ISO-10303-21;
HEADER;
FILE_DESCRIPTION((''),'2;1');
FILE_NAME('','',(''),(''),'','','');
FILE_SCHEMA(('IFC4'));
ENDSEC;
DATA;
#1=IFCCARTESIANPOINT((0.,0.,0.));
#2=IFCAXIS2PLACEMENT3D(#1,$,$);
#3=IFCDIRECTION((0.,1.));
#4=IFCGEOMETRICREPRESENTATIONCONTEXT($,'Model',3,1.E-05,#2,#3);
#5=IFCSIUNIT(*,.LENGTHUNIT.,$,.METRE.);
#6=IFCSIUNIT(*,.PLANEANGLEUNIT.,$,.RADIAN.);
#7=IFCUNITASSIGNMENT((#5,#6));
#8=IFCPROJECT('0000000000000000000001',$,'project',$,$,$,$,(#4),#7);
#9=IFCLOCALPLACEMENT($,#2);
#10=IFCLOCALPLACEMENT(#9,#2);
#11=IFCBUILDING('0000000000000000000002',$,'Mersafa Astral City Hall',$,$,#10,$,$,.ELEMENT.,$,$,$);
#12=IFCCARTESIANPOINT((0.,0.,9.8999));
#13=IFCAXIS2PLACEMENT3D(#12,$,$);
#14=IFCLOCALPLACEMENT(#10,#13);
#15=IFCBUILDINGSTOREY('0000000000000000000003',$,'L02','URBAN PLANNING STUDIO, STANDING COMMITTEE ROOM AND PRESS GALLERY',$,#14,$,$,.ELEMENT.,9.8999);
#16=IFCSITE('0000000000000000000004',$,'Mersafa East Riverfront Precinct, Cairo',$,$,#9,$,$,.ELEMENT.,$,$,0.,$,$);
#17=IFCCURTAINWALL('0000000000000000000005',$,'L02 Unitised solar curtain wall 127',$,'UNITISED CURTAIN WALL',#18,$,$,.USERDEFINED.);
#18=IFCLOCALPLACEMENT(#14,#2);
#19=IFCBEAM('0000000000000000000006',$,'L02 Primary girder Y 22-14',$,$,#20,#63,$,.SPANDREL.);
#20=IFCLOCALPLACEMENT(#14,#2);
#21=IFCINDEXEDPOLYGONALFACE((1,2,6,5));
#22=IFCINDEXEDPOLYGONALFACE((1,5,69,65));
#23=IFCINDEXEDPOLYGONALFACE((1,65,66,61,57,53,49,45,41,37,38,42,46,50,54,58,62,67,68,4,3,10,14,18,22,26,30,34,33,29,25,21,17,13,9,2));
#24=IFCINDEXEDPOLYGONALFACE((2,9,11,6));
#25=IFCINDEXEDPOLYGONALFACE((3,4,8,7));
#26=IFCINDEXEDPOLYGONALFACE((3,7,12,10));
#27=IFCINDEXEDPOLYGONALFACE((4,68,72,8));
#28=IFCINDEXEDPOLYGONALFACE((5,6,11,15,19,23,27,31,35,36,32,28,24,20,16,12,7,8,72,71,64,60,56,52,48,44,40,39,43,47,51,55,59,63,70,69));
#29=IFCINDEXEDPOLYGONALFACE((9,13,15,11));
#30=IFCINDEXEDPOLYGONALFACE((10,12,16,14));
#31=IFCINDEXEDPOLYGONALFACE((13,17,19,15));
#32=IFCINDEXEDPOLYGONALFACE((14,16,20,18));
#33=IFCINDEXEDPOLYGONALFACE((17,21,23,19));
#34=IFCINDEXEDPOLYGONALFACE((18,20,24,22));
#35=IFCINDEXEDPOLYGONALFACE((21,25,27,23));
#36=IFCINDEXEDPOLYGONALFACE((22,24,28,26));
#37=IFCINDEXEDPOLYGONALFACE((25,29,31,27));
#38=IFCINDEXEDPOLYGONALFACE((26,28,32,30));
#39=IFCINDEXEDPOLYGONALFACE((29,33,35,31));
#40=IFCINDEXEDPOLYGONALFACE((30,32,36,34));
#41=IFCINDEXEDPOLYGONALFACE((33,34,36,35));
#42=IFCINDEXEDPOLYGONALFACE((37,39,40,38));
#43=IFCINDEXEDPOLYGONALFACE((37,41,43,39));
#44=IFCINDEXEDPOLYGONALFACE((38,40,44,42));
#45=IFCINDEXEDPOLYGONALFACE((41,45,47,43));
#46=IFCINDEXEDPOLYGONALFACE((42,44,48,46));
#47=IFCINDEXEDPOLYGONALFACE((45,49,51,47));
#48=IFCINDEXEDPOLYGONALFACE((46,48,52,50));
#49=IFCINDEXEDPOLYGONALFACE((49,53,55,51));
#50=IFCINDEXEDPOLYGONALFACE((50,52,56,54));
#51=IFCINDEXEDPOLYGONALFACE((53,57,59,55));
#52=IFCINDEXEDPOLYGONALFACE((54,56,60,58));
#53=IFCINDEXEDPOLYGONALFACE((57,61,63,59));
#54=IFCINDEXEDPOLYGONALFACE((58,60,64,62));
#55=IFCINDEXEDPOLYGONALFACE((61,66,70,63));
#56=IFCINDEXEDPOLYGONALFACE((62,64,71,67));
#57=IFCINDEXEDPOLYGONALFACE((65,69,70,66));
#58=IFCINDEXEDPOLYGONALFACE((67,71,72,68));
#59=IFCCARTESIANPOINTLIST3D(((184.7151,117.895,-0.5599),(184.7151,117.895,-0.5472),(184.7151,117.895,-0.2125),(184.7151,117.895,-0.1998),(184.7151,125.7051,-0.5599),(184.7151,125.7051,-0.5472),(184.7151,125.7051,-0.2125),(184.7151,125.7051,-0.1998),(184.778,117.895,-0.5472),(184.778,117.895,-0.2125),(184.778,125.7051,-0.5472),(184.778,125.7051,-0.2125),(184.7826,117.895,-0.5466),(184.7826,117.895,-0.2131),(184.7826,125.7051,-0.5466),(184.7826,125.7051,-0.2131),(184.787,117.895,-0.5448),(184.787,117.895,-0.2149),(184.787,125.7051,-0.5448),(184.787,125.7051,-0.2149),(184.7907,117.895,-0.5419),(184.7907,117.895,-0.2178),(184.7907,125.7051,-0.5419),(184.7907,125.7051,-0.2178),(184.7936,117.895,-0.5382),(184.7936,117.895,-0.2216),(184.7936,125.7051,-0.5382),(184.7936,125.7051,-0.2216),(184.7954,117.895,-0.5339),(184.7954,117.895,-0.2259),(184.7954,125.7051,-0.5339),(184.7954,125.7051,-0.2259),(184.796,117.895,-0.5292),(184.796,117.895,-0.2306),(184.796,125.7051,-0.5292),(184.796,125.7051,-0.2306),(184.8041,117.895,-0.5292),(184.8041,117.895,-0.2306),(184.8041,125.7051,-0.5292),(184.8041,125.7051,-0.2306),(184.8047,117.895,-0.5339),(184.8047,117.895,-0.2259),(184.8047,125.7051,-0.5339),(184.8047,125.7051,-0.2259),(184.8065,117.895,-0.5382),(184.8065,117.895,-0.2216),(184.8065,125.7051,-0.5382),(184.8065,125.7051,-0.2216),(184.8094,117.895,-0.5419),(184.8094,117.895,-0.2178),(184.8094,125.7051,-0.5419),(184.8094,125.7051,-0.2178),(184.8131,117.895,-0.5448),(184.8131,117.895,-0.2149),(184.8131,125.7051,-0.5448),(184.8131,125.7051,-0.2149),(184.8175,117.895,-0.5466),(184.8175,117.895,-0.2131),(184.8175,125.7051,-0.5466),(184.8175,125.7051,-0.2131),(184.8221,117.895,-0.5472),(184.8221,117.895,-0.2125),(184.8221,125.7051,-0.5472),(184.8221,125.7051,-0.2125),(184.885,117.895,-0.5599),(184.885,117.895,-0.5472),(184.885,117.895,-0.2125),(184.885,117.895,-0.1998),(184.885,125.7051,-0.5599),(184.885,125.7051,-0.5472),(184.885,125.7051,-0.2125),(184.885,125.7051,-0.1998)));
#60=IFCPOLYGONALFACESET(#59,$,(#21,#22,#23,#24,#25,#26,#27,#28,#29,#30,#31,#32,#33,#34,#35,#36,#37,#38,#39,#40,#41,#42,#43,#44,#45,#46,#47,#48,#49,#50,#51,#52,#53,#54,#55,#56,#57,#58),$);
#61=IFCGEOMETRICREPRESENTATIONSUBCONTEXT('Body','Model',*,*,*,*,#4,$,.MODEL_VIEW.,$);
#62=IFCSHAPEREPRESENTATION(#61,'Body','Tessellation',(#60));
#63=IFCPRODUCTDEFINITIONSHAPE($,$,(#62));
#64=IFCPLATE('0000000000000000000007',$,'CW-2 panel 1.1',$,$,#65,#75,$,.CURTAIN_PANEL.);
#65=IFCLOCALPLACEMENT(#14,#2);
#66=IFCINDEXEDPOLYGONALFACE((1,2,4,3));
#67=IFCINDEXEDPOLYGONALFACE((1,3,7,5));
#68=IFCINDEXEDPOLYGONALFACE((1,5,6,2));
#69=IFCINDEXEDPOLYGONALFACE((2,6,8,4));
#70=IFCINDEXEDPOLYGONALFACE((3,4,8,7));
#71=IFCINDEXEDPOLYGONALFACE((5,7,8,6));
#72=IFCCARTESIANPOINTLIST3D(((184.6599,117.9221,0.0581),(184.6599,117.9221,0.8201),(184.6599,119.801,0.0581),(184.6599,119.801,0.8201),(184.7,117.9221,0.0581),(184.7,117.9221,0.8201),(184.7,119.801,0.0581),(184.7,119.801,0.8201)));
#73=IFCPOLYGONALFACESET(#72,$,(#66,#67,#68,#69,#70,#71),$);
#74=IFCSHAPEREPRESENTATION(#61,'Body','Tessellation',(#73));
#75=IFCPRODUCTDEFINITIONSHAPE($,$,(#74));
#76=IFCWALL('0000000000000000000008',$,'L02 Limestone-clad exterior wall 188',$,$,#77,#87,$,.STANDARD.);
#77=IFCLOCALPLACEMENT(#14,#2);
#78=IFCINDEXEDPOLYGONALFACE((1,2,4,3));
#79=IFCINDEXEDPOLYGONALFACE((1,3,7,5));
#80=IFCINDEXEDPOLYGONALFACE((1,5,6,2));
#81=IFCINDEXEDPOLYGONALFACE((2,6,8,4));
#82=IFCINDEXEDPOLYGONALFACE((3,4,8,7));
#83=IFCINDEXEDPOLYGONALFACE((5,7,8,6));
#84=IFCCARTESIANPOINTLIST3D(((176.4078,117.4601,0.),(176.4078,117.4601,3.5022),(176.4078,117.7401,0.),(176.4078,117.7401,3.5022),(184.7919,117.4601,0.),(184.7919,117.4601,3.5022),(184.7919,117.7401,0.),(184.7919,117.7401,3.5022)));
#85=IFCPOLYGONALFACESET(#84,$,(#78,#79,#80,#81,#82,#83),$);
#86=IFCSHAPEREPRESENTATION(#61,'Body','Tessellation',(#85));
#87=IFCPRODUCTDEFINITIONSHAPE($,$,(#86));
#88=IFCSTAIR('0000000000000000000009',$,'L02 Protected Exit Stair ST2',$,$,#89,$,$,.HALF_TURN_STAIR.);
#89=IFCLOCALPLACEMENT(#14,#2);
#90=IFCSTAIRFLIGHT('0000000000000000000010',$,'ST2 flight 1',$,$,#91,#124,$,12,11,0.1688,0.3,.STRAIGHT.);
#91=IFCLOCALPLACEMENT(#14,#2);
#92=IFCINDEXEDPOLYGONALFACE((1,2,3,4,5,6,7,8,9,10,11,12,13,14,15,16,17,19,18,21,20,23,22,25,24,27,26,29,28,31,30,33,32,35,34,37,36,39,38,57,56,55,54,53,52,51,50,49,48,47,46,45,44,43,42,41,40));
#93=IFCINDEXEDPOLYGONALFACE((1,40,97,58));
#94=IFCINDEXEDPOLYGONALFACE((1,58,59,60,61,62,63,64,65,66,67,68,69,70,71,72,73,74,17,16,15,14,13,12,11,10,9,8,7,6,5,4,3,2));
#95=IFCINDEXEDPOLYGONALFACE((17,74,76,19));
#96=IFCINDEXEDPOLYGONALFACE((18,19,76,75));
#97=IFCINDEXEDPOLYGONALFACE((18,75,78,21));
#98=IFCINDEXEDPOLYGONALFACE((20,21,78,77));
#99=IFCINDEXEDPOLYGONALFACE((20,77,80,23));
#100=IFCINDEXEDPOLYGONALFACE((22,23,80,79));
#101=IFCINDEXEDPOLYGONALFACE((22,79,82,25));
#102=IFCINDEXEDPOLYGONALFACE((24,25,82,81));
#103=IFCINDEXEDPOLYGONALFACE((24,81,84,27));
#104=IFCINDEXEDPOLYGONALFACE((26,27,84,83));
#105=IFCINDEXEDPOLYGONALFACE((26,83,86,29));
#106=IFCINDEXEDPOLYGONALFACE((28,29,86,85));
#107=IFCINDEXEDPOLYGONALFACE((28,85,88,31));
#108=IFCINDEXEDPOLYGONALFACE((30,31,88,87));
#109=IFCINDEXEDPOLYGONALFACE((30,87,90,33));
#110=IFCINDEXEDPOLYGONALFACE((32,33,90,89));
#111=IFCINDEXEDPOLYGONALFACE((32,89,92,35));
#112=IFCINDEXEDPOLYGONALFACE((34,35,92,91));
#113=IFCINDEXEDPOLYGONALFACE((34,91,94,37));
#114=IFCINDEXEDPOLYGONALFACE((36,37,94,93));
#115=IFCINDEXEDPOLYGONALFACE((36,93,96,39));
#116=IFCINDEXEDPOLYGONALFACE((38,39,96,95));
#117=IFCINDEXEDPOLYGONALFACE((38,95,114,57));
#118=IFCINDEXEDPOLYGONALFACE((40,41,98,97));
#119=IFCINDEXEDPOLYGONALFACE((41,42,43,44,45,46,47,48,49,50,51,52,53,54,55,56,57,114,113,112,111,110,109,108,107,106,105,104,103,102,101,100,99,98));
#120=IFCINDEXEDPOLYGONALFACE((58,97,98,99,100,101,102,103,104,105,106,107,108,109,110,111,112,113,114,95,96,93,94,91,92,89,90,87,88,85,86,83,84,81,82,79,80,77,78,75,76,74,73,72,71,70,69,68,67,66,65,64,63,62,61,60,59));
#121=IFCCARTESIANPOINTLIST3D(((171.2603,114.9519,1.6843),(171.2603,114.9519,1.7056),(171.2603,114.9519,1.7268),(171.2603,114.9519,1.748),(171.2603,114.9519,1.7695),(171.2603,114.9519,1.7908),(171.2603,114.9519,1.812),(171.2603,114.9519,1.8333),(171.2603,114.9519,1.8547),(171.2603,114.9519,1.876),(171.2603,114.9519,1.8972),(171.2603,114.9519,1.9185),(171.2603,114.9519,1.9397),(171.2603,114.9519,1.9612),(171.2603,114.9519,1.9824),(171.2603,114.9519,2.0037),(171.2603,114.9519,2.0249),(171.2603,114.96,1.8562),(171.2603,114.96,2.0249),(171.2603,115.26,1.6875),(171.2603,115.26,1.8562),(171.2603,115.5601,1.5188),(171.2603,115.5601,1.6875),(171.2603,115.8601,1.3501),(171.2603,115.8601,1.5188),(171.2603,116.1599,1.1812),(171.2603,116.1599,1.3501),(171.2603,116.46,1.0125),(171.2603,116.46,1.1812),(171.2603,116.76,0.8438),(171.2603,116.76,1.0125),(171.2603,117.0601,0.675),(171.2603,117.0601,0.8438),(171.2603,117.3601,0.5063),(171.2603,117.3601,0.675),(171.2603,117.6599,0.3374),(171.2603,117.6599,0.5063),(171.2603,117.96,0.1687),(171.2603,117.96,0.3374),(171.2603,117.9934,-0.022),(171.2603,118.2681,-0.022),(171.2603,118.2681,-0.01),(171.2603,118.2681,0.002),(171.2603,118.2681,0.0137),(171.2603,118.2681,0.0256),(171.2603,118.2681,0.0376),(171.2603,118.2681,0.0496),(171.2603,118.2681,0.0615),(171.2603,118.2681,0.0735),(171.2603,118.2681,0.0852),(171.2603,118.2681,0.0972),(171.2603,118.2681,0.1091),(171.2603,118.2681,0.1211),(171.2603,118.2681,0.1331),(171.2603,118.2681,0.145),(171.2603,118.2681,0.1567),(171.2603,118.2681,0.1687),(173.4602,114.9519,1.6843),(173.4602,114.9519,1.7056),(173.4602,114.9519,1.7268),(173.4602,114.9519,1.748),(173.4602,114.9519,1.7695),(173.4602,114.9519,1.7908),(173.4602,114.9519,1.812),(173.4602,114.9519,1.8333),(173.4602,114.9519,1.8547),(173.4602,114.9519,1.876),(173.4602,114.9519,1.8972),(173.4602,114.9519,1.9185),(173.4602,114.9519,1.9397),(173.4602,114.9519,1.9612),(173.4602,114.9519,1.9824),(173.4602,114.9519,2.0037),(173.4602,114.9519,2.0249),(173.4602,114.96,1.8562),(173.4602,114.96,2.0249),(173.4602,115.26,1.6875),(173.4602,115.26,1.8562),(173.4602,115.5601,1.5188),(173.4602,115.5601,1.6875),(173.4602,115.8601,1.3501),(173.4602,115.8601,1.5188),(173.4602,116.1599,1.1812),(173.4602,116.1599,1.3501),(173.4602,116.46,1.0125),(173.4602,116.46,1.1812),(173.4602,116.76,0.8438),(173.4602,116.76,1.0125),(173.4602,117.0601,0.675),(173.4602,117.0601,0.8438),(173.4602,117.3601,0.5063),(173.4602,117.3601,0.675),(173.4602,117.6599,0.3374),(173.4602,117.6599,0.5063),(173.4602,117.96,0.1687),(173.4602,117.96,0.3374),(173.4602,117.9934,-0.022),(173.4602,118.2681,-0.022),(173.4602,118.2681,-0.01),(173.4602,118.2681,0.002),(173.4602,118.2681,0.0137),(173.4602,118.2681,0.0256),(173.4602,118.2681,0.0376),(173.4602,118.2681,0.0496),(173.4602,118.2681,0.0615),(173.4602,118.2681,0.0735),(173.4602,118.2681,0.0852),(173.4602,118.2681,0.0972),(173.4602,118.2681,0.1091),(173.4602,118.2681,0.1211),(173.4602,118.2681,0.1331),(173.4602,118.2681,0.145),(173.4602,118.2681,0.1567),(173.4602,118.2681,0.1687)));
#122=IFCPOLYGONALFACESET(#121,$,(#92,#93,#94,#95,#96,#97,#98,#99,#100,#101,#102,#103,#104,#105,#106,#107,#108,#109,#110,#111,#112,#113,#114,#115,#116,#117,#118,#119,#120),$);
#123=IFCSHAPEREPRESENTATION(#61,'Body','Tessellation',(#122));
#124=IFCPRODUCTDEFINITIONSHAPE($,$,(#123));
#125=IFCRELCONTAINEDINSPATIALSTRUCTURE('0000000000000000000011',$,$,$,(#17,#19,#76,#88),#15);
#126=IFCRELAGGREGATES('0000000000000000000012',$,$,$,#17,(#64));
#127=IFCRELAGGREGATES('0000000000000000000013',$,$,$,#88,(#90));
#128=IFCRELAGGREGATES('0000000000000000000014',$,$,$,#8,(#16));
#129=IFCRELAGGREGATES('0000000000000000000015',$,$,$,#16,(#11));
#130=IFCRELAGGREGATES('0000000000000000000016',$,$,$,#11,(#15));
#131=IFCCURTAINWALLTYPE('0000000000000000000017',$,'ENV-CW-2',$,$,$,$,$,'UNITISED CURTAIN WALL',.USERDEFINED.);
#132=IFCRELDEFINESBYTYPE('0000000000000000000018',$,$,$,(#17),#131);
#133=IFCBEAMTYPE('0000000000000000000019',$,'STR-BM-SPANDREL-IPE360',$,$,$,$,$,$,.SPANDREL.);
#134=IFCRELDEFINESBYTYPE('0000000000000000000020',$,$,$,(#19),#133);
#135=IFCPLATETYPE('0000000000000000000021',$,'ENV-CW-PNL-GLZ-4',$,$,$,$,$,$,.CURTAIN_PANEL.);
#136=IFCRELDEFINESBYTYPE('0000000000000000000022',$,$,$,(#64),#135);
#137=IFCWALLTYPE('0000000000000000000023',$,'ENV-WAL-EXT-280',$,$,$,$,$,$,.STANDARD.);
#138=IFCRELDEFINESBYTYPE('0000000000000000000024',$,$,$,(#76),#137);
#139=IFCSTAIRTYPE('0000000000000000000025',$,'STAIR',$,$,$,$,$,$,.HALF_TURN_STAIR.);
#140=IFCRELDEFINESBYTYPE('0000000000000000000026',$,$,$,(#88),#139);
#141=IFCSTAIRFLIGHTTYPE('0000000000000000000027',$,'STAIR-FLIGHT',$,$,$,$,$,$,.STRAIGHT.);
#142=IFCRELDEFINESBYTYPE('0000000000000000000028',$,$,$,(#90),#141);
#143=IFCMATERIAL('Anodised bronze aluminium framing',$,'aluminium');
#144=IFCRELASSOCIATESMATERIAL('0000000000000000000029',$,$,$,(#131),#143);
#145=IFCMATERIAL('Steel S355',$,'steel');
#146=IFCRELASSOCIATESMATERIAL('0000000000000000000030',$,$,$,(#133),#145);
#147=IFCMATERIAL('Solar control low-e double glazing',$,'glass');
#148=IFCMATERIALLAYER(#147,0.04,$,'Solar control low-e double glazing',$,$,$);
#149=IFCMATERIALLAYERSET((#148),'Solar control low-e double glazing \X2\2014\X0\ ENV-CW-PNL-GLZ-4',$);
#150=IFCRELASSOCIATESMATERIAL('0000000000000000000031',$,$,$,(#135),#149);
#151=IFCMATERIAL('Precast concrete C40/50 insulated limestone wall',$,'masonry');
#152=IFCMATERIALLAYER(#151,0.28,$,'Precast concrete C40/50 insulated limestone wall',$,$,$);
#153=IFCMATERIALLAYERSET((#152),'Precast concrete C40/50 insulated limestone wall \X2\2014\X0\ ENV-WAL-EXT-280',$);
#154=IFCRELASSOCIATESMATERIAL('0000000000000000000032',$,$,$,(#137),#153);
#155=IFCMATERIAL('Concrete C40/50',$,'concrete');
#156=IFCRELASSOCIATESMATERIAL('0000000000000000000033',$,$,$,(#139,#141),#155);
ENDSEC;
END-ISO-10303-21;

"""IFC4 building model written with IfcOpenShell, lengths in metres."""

from ifc_helpers import new_model, si_unit, direction, frame, frame_2d, origin, origin_2d, place, context, subcontext, project, spatial, polyline, rectangle, i_section, outline, extrude, material, layer, layer_set, material_profile, profile_set, type_object, element, aggregate, save


model = new_model("IFC4")

# Units and contexts
model_context = context("Model", 3, precision=1e-05, world=origin(), true_north=direction((0.0, 1.0)))
body_context = subcontext(model_context, "Body", "Model", "MODEL_VIEW")
ifc_project = project(units=[si_unit("LENGTHUNIT", "METRE"), si_unit("PLANEANGLEUNIT", "RADIAN")], contexts=[model_context])

# Site, building, storey
site_placement = place(None, origin())
site = spatial("IfcSite", under=ifc_project, at=site_placement, Name="Mersafa East Riverfront Precinct, Cairo", CompositionType="ELEMENT", RefElevation=0.0)
building_placement = place(site_placement, origin())
building = spatial("IfcBuilding", under=site, at=building_placement, Name="Mersafa Astral City Hall", CompositionType="ELEMENT")
storey_placement = place(building_placement, frame((0.0, 0.0, 9.8999)))
storey = spatial("IfcBuildingStorey", under=building, at=storey_placement, Name="L02", Description="URBAN PLANNING STUDIO, STANDING COMMITTEE ROOM AND PRESS GALLERY", CompositionType="ELEMENT", Elevation=9.8999)

# Shared definitions
ifc_material_1 = material(Name="Steel S355", Category="steel")

# Curtain wall
ifc_material_2 = material(Name="Anodised bronze aluminium framing", Category="aluminium")
curtain_wall_type = type_object("IfcCurtainWallType", Name="ENV-CW-2", ElementType="UNITISED CURTAIN WALL", PredefinedType="USERDEFINED", material=ifc_material_2)
curtain_wall_placement = place(storey_placement, origin())
curtain_wall = element("IfcCurtainWall", 1, at=curtain_wall_placement, inside=storey, type_object=curtain_wall_type, Name="L02 Unitised solar curtain wall 127", ObjectType="UNITISED CURTAIN WALL", PredefinedType="USERDEFINED")

# Beam
ifc_material_profile_1 = material_profile(ifc_material_1, i_section(OverallWidth=0.1699, OverallDepth=0.3601, WebThickness=0.0081, FlangeThickness=0.0127, FilletRadius=0.0181, at=origin_2d()), Name="IPE 360")
ifc_profile_set_1 = profile_set([ifc_material_profile_1], Name="Steel S355")
beam_type_1 = type_object("IfcBeamType", Name="STR-BM-SPANDREL-IPE360", PredefinedType="SPANDREL", material=ifc_profile_set_1)
beam_1_placement = place(storey_placement, frame((184.8, 117.895, -0.3799), z_axis=(0.0, 1.0, 0.0), x_axis=(-1.0, 0.0, 0.0)))
element("IfcBeam", 2, at=beam_1_placement, inside=storey, type_object=beam_type_1, Name="L02 Primary girder Y 22-14", PredefinedType="SPANDREL", context=body_context, shape_type="SweptSolid", body=[
    extrude(i_section(OverallWidth=0.1699, OverallDepth=0.3601, WebThickness=0.0081, FlangeThickness=0.0127, FilletRadius=0.0181, at=origin_2d()), origin(), (0.0, 0.0, 1.0), 7.8101),
])

# Plate
ifc_material_3 = material(Name="Solar control low-e double glazing", Category="glass")
ifc_layer_1 = layer(ifc_material_3, 0.04, Name="Solar control low-e double glazing")
ifc_layer_set_1 = layer_set([ifc_layer_1], Name="Solar control low-e double glazing — ENV-CW-PNL-GLZ-4")
plate_type = type_object("IfcPlateType", Name="ENV-CW-PNL-GLZ-4", PredefinedType="CURTAIN_PANEL", material=ifc_layer_set_1)
plate_placement = place(storey_placement, frame((184.6799, 118.8616, 0.0581), z_axis=(0.0, 0.0, 1.0), x_axis=(0.0, 1.0, 0.0)))
plate = element("IfcPlate", 3, at=plate_placement, type_object=plate_type, Name="CW-2 panel 1.1", PredefinedType="CURTAIN_PANEL", context=body_context, shape_type="SweptSolid", body=[
    extrude(rectangle(XDim=1.8789, YDim=0.04, at=origin_2d()), origin(), (0.0, 0.0, 1.0), 0.762),
])
aggregate(curtain_wall, [plate])

# Wall
ifc_material_4 = material(Name="Precast concrete C40/50 insulated limestone wall", Category="masonry")
ifc_layer_2 = layer(ifc_material_4, 0.28, Name="Precast concrete C40/50 insulated limestone wall")
ifc_layer_set_2 = layer_set([ifc_layer_2], Name="Precast concrete C40/50 insulated limestone wall — ENV-WAL-EXT-280")
wall_type = type_object("IfcWallType", Name="ENV-WAL-EXT-280", PredefinedType="STANDARD", material=ifc_layer_set_2)
wall_placement = place(storey_placement, frame((176.408, 117.6001, 0.0), z_axis=(0.0, 0.0, 1.0), x_axis=(1.0, 0.0, 0.0)))
element("IfcWall", 4, at=wall_placement, inside=storey, type_object=wall_type, Name="L02 Limestone-clad exterior wall 188", PredefinedType="STANDARD", context=body_context, shape_type="SweptSolid", body=[
    extrude(rectangle(XDim=8.384, YDim=0.28, at=frame_2d((4.1919, 0.0))), origin(), (0.0, 0.0, 1.0), 3.5022),
])

# Stair, stair flight
ifc_material_5 = material(Name="Concrete C40/50", Category="concrete")
stair_type = type_object("IfcStairType", Name="STAIR", PredefinedType="HALF_TURN_STAIR", material=ifc_material_5)
stair_placement = place(storey_placement, origin())
stair = element("IfcStair", 5, at=stair_placement, inside=storey, type_object=stair_type, Name="L02 Protected Exit Stair ST2", PredefinedType="HALF_TURN_STAIR")
stair_flight_type = type_object("IfcStairFlightType", Name="STAIR-FLIGHT", PredefinedType="STRAIGHT", material=ifc_material_5)
stair_flight_1_placement = place(storey_placement, frame((172.3601, 118.26, 0.0), z_axis=(0.0, 0.0, 1.0), x_axis=(0.0, -1.0, 0.0)))
stair_flight_1 = element("IfcStairFlight", 6, at=stair_flight_1_placement, type_object=stair_flight_type, Name="ST2 flight 1", NumberOfRisers=12, NumberOfTreads=11, PredefinedType="STRAIGHT", RiserHeight=0.1688, TreadLength=0.3, context=body_context, shape_type="SweptSolid", body=[
    extrude(outline(polyline([(-0.0081, -0.022), (-0.0081, -0.01), (-0.0081, 0.002), (-0.0081, 0.0137), (-0.0081, 0.0256), (-0.0081, 0.0376), (-0.0081, 0.0496), (-0.0081, 0.0615), (-0.0081, 0.0735), (-0.0081, 0.0852), (-0.0081, 0.0972), (-0.0081, 0.1091), (-0.0081, 0.1211), (-0.0081, 0.1331), (-0.0081, 0.145), (-0.0081, 0.1567), (-0.0081, 0.1687), (0.3, 0.1687), (0.3, 0.3374), (0.6001, 0.3374), (0.6001, 0.5063), (0.8999, 0.5063), (0.8999, 0.675), (1.2, 0.675), (1.2, 0.8438), (1.5, 0.8438), (1.5, 1.0125), (1.8, 1.0125), (1.8, 1.1812), (2.1001, 1.1812), (2.1001, 1.3501), (2.3999, 1.3501), (2.3999, 1.5188), (2.7, 1.5188), (2.7, 1.6875), (3.0, 1.6875), (3.0, 1.8562), (3.3, 1.8562), (3.3, 2.0249), (3.3081, 2.0249), (3.3081, 2.0037), (3.3081, 1.9824), (3.3081, 1.9612), (3.3081, 1.9397), (3.3081, 1.9185), (3.3081, 1.8972), (3.3081, 1.876), (3.3081, 1.8547), (3.3081, 1.8333), (3.3081, 1.812), (3.3081, 1.7908), (3.3081, 1.7695), (3.3081, 1.748), (3.3081, 1.7268), (3.3081, 1.7056), (3.3081, 1.6843), (0.2666, -0.022), (-0.0081, -0.022)])), frame((0.0, 1.1001, 0.0), z_axis=(0.0, -1.0, 0.0), x_axis=(1.0, 0.0, 0.0)), (0.0, 0.0, 1.0), 2.2),
])
aggregate(stair, [stair_flight_1])

save(model, "model.ifc")
